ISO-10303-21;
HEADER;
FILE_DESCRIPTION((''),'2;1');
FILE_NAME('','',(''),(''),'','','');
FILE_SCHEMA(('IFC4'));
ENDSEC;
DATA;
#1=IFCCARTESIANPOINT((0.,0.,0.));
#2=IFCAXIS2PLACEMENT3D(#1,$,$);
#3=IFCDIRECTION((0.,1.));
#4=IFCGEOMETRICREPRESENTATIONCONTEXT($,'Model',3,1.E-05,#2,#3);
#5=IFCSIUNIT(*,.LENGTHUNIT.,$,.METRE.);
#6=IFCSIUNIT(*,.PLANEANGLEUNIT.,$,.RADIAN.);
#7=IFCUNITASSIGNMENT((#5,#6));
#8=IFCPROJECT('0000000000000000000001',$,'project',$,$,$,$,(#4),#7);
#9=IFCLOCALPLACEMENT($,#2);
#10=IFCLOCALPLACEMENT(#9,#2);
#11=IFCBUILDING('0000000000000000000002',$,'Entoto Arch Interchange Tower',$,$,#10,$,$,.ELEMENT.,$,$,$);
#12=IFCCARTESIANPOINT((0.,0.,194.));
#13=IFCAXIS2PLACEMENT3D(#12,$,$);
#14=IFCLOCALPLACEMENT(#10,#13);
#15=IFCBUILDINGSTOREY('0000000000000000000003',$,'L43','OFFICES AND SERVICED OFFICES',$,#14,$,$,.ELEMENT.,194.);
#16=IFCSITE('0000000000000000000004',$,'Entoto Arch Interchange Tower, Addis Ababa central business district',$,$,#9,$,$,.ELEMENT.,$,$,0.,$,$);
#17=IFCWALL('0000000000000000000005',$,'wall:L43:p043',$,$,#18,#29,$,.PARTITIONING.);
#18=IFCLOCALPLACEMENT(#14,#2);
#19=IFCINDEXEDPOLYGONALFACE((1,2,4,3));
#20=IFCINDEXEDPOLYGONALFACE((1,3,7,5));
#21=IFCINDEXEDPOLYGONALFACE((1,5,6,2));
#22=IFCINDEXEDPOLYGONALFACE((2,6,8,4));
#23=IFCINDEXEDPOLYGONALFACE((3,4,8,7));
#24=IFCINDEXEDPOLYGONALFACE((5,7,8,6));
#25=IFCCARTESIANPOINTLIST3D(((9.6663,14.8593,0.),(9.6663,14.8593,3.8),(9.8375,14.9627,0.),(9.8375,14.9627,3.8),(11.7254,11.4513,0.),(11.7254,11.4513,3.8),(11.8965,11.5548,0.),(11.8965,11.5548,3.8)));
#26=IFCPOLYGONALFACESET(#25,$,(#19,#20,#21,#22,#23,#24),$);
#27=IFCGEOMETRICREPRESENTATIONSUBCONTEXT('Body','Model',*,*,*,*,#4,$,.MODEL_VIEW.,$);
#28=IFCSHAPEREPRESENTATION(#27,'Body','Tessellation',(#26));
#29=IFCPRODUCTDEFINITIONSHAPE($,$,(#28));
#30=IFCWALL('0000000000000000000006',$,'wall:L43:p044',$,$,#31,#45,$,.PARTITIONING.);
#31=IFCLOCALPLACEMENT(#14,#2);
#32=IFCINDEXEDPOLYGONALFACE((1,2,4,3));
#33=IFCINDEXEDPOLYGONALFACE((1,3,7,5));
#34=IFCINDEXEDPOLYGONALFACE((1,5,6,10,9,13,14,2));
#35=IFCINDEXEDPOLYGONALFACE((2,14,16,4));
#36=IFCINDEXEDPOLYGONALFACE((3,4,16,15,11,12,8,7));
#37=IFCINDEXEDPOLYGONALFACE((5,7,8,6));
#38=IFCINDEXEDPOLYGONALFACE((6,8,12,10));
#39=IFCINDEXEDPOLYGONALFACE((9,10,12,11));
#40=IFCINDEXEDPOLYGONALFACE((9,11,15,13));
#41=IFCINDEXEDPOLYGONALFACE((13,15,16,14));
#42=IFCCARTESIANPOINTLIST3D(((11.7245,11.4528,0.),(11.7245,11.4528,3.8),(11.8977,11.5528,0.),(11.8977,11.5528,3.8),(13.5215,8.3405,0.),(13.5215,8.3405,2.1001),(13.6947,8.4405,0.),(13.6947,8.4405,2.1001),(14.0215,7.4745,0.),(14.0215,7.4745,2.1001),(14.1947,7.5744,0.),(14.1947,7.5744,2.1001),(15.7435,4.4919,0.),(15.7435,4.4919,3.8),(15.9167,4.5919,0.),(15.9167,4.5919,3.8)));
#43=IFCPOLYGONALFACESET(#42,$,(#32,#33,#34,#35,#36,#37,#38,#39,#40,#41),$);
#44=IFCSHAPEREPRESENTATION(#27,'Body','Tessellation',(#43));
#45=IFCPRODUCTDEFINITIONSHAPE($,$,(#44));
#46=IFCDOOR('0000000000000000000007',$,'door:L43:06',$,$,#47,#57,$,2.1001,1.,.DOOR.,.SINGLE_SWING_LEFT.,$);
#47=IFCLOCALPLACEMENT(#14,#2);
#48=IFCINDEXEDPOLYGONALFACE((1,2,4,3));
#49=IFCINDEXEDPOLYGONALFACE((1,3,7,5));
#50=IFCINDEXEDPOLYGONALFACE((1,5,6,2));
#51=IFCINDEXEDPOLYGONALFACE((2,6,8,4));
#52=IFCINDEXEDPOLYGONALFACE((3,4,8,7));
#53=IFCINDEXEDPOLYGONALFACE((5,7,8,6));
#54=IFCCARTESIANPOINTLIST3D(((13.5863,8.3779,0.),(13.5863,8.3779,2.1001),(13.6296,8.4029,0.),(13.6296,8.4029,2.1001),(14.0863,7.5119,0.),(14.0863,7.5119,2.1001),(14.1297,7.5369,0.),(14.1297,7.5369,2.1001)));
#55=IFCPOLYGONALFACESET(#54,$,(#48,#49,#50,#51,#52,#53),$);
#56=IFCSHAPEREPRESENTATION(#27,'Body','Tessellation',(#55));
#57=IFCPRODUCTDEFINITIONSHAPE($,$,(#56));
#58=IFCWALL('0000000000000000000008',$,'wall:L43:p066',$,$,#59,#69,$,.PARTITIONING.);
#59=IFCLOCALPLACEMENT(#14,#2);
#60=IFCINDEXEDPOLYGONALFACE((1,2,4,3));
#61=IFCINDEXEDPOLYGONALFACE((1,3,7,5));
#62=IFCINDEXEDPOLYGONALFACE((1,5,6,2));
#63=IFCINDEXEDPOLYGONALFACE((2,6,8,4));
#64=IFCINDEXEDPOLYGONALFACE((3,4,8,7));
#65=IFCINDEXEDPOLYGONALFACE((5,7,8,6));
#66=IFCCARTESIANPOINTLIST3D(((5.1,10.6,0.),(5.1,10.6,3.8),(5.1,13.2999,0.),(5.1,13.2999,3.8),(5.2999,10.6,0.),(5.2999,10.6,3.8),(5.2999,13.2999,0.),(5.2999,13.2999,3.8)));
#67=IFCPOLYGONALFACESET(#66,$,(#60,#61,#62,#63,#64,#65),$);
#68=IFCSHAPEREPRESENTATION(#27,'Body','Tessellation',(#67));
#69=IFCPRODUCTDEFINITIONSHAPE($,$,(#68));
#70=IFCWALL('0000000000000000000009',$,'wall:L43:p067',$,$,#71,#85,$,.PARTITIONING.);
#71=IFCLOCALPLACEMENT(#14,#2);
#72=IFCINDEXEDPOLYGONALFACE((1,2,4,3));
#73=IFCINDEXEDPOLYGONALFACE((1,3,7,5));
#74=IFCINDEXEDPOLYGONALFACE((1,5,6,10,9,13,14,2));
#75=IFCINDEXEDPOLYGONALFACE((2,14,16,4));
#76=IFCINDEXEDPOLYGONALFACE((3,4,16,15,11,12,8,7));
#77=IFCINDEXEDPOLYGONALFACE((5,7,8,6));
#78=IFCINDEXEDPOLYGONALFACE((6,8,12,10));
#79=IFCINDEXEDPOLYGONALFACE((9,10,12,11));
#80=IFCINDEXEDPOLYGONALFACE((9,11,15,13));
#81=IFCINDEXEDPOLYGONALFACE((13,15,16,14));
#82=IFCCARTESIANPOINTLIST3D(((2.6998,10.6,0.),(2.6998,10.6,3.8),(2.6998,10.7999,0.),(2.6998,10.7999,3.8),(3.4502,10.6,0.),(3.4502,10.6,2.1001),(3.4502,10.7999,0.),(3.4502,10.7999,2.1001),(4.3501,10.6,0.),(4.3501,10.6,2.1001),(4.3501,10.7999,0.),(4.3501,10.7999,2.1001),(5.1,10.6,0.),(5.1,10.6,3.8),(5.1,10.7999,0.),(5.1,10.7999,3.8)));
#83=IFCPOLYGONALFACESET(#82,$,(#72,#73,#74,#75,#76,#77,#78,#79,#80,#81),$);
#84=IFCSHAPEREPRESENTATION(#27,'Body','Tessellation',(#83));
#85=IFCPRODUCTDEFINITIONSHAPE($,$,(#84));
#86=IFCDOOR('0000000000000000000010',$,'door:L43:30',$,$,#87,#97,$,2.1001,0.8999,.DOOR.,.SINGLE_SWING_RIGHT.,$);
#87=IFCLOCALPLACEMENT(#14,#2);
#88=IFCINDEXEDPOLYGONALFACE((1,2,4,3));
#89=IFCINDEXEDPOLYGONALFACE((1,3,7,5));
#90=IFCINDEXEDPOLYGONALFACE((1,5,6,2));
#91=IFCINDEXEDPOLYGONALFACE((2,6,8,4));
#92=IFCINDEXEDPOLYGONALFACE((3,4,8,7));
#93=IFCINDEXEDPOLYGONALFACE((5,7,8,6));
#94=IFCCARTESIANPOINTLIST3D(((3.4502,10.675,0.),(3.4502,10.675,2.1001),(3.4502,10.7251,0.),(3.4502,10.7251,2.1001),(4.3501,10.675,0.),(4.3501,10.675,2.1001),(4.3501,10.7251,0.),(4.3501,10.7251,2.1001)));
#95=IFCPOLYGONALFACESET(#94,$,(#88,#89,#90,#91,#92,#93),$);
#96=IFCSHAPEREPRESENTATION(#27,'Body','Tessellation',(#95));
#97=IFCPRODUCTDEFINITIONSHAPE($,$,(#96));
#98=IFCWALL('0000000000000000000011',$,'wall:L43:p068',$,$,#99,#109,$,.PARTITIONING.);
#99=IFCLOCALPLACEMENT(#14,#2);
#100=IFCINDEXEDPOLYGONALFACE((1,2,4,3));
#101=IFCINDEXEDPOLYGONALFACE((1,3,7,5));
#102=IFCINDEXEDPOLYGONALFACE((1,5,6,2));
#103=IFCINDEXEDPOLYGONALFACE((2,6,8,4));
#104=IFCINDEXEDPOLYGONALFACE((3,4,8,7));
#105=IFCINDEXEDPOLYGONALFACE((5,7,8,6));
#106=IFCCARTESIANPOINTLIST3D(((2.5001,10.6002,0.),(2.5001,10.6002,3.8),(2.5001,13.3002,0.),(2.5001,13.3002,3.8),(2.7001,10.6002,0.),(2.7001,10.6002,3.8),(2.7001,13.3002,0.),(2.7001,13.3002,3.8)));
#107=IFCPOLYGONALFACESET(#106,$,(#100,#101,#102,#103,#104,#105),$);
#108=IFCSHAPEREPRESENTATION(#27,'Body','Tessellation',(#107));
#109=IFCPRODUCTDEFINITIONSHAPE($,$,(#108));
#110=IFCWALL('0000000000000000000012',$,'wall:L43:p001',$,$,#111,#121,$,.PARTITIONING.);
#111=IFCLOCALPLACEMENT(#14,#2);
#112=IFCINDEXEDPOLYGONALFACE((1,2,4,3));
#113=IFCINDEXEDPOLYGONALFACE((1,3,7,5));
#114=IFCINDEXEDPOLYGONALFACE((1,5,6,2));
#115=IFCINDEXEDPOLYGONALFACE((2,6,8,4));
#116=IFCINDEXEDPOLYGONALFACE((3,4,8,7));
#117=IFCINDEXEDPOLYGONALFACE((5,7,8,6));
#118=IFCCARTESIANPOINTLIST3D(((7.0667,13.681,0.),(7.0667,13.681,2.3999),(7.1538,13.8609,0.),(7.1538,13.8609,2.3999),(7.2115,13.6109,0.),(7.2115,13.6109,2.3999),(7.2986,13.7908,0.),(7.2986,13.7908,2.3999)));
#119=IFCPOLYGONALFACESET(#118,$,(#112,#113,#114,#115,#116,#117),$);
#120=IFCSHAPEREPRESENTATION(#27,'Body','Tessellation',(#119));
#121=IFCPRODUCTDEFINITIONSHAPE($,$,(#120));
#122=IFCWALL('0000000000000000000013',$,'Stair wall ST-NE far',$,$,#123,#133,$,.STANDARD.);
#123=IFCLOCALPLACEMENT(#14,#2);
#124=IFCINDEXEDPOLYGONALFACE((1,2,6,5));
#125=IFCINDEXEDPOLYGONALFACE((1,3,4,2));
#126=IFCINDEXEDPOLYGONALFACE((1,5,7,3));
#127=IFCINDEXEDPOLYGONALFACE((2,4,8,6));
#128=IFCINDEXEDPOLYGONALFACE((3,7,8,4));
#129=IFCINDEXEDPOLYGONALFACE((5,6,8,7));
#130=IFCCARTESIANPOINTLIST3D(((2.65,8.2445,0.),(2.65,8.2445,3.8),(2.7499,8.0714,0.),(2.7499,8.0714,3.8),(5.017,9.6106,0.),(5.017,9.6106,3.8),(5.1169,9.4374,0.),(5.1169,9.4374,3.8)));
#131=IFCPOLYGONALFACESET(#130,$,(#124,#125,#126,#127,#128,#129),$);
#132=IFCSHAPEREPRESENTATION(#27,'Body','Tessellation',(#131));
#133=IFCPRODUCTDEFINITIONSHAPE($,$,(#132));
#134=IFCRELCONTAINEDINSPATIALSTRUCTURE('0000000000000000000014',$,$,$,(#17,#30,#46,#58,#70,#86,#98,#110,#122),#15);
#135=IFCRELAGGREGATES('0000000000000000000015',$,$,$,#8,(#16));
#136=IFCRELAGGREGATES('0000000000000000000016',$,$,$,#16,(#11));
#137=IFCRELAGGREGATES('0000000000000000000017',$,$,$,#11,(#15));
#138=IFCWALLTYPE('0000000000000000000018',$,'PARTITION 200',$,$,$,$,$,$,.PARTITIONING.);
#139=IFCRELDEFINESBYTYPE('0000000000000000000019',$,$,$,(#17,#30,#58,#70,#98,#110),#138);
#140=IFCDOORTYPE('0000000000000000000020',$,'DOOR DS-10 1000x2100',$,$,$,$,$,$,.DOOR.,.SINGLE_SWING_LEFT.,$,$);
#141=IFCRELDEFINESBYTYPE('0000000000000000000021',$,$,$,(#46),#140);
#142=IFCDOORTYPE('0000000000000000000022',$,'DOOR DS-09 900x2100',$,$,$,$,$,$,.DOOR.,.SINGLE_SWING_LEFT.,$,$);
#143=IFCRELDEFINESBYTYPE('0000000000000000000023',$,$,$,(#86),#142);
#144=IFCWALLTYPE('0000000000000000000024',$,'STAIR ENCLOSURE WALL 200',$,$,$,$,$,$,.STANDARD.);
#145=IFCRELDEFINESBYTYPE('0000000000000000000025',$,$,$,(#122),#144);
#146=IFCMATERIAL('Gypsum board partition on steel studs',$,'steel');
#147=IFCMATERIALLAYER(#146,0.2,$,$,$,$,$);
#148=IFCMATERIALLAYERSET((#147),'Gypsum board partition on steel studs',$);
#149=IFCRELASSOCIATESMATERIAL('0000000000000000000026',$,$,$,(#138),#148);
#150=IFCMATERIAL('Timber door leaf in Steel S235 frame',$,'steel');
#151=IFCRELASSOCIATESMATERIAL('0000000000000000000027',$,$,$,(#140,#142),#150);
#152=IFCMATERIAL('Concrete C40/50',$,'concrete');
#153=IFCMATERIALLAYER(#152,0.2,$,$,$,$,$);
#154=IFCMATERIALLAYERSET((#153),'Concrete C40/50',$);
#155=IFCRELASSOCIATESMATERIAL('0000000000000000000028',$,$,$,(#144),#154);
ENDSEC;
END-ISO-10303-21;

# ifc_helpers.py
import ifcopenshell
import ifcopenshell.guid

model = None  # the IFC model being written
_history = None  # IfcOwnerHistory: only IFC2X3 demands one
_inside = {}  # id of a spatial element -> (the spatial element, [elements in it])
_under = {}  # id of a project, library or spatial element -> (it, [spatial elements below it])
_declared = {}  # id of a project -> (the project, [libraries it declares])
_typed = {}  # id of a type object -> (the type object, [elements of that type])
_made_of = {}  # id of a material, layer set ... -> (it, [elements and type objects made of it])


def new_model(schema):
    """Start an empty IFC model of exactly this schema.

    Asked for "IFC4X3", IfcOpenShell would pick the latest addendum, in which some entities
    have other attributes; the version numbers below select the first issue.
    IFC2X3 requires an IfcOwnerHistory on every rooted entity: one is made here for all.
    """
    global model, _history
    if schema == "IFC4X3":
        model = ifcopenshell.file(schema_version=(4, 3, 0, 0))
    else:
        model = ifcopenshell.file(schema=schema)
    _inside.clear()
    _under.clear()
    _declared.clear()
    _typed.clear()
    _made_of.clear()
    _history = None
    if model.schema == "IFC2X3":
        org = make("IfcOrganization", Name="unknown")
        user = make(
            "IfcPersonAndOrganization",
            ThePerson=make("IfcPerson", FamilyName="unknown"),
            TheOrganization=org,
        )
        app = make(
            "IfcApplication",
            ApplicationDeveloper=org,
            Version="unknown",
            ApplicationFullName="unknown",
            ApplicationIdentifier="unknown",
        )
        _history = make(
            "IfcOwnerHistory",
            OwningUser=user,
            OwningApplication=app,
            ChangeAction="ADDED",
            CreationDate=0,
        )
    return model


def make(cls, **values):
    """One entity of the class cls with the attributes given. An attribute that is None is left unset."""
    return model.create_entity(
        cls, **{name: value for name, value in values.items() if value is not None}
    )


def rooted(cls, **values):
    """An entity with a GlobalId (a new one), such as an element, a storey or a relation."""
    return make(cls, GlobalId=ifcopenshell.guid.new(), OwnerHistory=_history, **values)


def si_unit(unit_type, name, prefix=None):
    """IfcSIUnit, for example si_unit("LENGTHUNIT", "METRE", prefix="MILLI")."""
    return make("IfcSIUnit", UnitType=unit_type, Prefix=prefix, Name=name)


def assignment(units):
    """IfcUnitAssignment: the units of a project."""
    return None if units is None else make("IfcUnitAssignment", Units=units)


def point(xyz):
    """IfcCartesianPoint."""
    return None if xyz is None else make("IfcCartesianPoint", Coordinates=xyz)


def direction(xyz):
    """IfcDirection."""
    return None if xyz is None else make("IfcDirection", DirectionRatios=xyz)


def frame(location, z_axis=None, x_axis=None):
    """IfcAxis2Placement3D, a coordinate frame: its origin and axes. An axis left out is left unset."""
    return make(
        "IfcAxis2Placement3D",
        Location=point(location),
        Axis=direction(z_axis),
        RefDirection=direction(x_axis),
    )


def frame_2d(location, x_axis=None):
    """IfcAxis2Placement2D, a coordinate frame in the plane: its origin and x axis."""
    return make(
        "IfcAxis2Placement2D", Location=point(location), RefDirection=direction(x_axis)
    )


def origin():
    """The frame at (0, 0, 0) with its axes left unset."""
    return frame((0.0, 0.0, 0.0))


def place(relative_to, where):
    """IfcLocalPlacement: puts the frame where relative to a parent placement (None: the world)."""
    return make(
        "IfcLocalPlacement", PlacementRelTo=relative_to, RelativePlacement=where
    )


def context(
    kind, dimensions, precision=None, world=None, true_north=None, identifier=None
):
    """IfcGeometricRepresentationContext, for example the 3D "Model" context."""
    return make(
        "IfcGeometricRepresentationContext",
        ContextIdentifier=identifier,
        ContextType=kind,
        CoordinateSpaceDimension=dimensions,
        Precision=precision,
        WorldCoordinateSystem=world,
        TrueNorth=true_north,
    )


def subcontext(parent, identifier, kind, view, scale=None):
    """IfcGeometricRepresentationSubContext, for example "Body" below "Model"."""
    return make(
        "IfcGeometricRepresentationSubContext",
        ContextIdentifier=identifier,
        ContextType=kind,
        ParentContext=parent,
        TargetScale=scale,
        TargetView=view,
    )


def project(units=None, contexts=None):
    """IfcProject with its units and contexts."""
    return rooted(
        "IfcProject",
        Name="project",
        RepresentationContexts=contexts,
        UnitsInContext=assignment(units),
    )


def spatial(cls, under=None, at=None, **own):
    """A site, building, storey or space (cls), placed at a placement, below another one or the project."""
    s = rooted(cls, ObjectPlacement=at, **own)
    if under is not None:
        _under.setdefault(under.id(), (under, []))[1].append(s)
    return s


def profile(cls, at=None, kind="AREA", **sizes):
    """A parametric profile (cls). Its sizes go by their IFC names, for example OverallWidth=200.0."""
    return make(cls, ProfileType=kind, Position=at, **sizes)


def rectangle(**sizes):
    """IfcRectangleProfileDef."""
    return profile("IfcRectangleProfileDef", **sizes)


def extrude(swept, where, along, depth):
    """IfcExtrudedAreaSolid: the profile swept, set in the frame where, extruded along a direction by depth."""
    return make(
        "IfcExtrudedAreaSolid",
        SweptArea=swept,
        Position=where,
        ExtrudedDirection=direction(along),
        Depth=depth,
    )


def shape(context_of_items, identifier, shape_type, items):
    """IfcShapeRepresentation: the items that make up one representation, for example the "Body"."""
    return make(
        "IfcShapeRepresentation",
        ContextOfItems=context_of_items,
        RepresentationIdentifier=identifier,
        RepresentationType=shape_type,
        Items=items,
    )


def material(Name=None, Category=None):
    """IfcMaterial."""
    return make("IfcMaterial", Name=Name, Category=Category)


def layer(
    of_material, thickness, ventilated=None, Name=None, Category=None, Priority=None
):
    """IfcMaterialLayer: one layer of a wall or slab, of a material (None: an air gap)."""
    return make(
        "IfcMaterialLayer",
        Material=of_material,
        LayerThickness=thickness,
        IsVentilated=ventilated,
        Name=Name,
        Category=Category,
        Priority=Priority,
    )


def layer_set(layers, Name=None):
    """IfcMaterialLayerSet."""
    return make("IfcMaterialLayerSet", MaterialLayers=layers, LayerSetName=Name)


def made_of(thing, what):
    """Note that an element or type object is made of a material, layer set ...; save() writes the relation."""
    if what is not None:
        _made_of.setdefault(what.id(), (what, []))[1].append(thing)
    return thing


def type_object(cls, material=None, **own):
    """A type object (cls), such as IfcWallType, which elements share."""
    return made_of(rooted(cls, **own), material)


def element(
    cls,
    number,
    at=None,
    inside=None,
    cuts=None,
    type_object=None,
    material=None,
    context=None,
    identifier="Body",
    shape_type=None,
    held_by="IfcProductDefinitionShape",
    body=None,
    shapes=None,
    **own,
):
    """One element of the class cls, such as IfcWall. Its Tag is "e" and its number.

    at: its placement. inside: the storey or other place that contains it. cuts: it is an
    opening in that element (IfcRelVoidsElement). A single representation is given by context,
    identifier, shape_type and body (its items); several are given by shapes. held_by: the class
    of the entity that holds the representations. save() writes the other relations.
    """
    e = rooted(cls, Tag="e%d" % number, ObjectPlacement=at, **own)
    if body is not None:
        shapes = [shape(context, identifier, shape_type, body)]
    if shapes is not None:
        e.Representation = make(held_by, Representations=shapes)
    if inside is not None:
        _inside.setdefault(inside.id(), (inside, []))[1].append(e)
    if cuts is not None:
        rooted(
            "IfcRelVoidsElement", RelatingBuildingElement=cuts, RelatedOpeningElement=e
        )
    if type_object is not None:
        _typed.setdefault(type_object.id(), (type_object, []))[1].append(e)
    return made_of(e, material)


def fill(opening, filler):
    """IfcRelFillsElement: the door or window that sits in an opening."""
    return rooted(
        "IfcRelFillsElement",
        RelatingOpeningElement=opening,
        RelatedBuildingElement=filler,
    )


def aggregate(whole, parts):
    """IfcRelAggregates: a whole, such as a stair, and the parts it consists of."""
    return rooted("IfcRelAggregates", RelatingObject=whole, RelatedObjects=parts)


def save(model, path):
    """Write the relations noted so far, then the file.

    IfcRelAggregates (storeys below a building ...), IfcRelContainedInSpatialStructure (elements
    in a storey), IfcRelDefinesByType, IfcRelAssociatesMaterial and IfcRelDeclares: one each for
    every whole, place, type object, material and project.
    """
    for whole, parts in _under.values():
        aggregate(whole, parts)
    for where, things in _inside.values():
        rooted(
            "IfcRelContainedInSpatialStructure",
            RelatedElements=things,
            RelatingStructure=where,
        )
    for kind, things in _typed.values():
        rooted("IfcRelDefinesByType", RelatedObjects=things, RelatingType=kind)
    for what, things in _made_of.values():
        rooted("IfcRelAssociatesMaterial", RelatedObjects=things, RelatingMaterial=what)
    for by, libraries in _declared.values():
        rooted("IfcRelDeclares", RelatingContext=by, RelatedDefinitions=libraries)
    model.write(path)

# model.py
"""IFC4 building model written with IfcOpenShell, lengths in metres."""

from ifc_helpers import new_model, si_unit, direction, frame, frame_2d, origin, place, context, subcontext, project, spatial, rectangle, extrude, material, layer, layer_set, type_object, element, fill, save


model = new_model("IFC4")

# Units and contexts
model_context = context("Model", 3, precision=1e-05, world=origin(), true_north=direction((0.0, 1.0)))
body_context = subcontext(model_context, "Body", "Model", "MODEL_VIEW")
ifc_project = project(units=[si_unit("LENGTHUNIT", "METRE"), si_unit("PLANEANGLEUNIT", "RADIAN")], contexts=[model_context])

# Site, building, storey
site_placement = place(None, origin())
site = spatial("IfcSite", under=ifc_project, at=site_placement, Name="Entoto Arch Interchange Tower, Addis Ababa central business district", CompositionType="ELEMENT", RefElevation=0.0)
building_placement = place(site_placement, origin())
building = spatial("IfcBuilding", under=site, at=building_placement, Name="Entoto Arch Interchange Tower", CompositionType="ELEMENT")
storey_placement = place(building_placement, frame((0.0, 0.0, 194.0)))
storey = spatial("IfcBuildingStorey", under=building, at=storey_placement, Name="L43", Description="OFFICES AND SERVICED OFFICES", CompositionType="ELEMENT", Elevation=194.0)

# Shared definitions
ifc_material_1 = material(Name="Concrete C40/50", Category="concrete")
ifc_material_2 = material(Name="Gypsum board partition on steel studs", Category="steel")
ifc_layer_1 = layer(ifc_material_2, 0.2)
ifc_layer_set_1 = layer_set([ifc_layer_1], Name="Gypsum board partition on steel studs")
wall_type_1 = type_object("IfcWallType", Name="PARTITION 200", PredefinedType="PARTITIONING", material=ifc_layer_set_1)

# Shared definitions
ifc_material_3 = material(Name="Timber door leaf in Steel S235 frame", Category="steel")
door_type_1 = type_object("IfcDoorType", Name="DOOR DS-10 1000x2100", OperationType="SINGLE_SWING_LEFT", PredefinedType="DOOR", material=ifc_material_3)

# Wall
wall_1_placement = place(storey_placement, frame((9.752, 14.9109, 0.0), z_axis=(0.0, 0.0, 1.0), x_axis=(0.517135, -0.855904, 0.0)))
element("IfcWall", 1, at=wall_1_placement, inside=storey, type_object=wall_type_1, Name="wall:L43:p043", PredefinedType="PARTITIONING", context=body_context, shape_type="SweptSolid", body=[
    extrude(rectangle(XDim=3.9817, YDim=0.2, at=frame_2d((1.9907, 0.0))), origin(), (0.0, 0.0, 1.0), 3.8),
])

# Wall, opening, door
wall_2_placement = place(storey_placement, frame((11.811, 11.5029, 0.0), z_axis=(0.0, 0.0, 1.0), x_axis=(0.500013, -0.866018, 0.0)))
wall_2 = element("IfcWall", 2, at=wall_2_placement, inside=storey, type_object=wall_type_1, Name="wall:L43:p044", PredefinedType="PARTITIONING", context=body_context, shape_type="SweptSolid", body=[
    extrude(rectangle(XDim=8.0378, YDim=0.2, at=frame_2d((4.019, 0.0))), origin(), (0.0, 0.0, 1.0), 3.8),
])
opening_1_placement = place(wall_2_placement, frame((3.594, 0.0, 0.0)))
opening_1 = element("IfcOpeningElement", 3, at=opening_1_placement, cuts=wall_2, PredefinedType="OPENING", context=body_context, shape_type="SweptSolid", body=[
    extrude(rectangle(XDim=1.0, YDim=2.1001, at=frame_2d((0.5, 1.05))), frame((0.0, 0.1099, 0.0), z_axis=(0.0, -1.0, 0.0), x_axis=(1.0, 0.0, 0.0)), (0.0, 0.0, 1.0), 0.22),
])
door_1_placement = place(opening_1_placement, origin())
door_1 = element("IfcDoor", 4, at=door_1_placement, inside=storey, type_object=door_type_1, Name="door:L43:06", OperationType="SINGLE_SWING_LEFT", OverallHeight=2.1001, OverallWidth=1.0, PredefinedType="DOOR", context=body_context, shape_type="SweptSolid", body=[
    extrude(rectangle(XDim=1.0, YDim=2.1001, at=frame_2d((0.5, 1.05))), frame((0.0, 0.0249, 0.0), z_axis=(0.0, -1.0, 0.0), x_axis=(1.0, 0.0, 0.0)), (0.0, 0.0, 1.0), 0.05),
])
fill(opening_1, door_1)

# Wall
wall_3_placement = place(storey_placement, frame((5.2, 13.3, 0.0), z_axis=(0.0, 0.0, 1.0), x_axis=(0.0, -1.0, 0.0)))
element("IfcWall", 5, at=wall_3_placement, inside=storey, type_object=wall_type_1, Name="wall:L43:p066", PredefinedType="PARTITIONING", context=body_context, shape_type="SweptSolid", body=[
    extrude(rectangle(XDim=2.7, YDim=0.2, at=frame_2d((1.3501, 0.0))), origin(), (0.0, 0.0, 1.0), 3.8),
])

# Wall, opening, door
wall_4_placement = place(storey_placement, frame((5.1001, 10.7, 0.0), z_axis=(0.0, 0.0, 1.0), x_axis=(-1.0, 0.0, 0.0)))
wall_4 = element("IfcWall", 6, at=wall_4_placement, inside=storey, type_object=wall_type_1, Name="wall:L43:p067", PredefinedType="PARTITIONING", context=body_context, shape_type="SweptSolid", body=[
    extrude(rectangle(XDim=2.4001, YDim=0.2, at=frame_2d((1.2002, 0.0))), origin(), (0.0, 0.0, 1.0), 3.8),
])
opening_2_placement = place(wall_4_placement, frame((0.75, 0.0, 0.0)))
opening_2 = element("IfcOpeningElement", 7, at=opening_2_placement, cuts=wall_4, PredefinedType="OPENING", context=body_context, shape_type="SweptSolid", body=[
    extrude(rectangle(XDim=0.8999, YDim=2.1001, at=frame_2d((0.45, 1.05))), frame((0.0, 0.1099, 0.0), z_axis=(0.0, -1.0, 0.0), x_axis=(1.0, 0.0, 0.0)), (0.0, 0.0, 1.0), 0.22),
])
door_type_2 = type_object("IfcDoorType", Name="DOOR DS-09 900x2100", OperationType="SINGLE_SWING_LEFT", PredefinedType="DOOR", material=ifc_material_3)
door_2_placement = place(opening_2_placement, origin())
door_2 = element("IfcDoor", 8, at=door_2_placement, inside=storey, type_object=door_type_2, Name="door:L43:30", OperationType="SINGLE_SWING_RIGHT", OverallHeight=2.1001, OverallWidth=0.8999, PredefinedType="DOOR", context=body_context, shape_type="SweptSolid", body=[
    extrude(rectangle(XDim=0.8999, YDim=2.1001, at=frame_2d((0.45, 1.05))), frame((0.0, 0.0249, 0.0), z_axis=(0.0, -1.0, 0.0), x_axis=(1.0, 0.0, 0.0)), (0.0, 0.0, 1.0), 0.05),
])
fill(opening_2, door_2)

# Walls
wall_5_placement = place(storey_placement, frame((2.6001, 10.6001, 0.0), z_axis=(0.0, 0.0, 1.0), x_axis=(0.0, 1.0, 0.0)))
element("IfcWall", 9, at=wall_5_placement, inside=storey, type_object=wall_type_1, Name="wall:L43:p068", PredefinedType="PARTITIONING", context=body_context, shape_type="SweptSolid", body=[
    extrude(rectangle(XDim=2.7, YDim=0.2, at=frame_2d((1.3501, 0.0))), origin(), (0.0, 0.0, 1.0), 3.8),
])
wall_6_placement = place(storey_placement, frame((7.1101, 13.771, 0.0), z_axis=(0.0, 0.0, 1.0), x_axis=(0.900121, -0.43564, 0.0)))
element("IfcWall", 10, at=wall_6_placement, inside=storey, type_object=wall_type_1, Name="wall:L43:p001", PredefinedType="PARTITIONING", context=body_context, shape_type="SweptSolid", body=[
    extrude(rectangle(XDim=0.1609, YDim=0.2, at=frame_2d((0.0806, 0.0))), origin(), (0.0, 0.0, 1.0), 2.3999),
])
ifc_layer_2 = layer(ifc_material_1, 0.2)
ifc_layer_set_2 = layer_set([ifc_layer_2], Name="Concrete C40/50")
wall_type_2 = type_object("IfcWallType", Name="STAIR ENCLOSURE WALL 200", PredefinedType="STANDARD", material=ifc_layer_set_2)
wall_7_placement = place(storey_placement, frame((2.7, 8.158, 0.0), z_axis=(0.0, 0.0, 1.0), x_axis=(0.866119, 0.499838, 0.0)))
element("IfcWall", 11, at=wall_7_placement, inside=storey, type_object=wall_type_2, Name="Stair wall ST-NE far", PredefinedType="STANDARD", context=body_context, shape_type="SweptSolid", body=[
    extrude(rectangle(XDim=2.7329, YDim=0.2, at=frame_2d((1.3665, 0.0))), origin(), (0.0, 0.0, 1.0), 3.8),
])

save(model, "model.ifc")
